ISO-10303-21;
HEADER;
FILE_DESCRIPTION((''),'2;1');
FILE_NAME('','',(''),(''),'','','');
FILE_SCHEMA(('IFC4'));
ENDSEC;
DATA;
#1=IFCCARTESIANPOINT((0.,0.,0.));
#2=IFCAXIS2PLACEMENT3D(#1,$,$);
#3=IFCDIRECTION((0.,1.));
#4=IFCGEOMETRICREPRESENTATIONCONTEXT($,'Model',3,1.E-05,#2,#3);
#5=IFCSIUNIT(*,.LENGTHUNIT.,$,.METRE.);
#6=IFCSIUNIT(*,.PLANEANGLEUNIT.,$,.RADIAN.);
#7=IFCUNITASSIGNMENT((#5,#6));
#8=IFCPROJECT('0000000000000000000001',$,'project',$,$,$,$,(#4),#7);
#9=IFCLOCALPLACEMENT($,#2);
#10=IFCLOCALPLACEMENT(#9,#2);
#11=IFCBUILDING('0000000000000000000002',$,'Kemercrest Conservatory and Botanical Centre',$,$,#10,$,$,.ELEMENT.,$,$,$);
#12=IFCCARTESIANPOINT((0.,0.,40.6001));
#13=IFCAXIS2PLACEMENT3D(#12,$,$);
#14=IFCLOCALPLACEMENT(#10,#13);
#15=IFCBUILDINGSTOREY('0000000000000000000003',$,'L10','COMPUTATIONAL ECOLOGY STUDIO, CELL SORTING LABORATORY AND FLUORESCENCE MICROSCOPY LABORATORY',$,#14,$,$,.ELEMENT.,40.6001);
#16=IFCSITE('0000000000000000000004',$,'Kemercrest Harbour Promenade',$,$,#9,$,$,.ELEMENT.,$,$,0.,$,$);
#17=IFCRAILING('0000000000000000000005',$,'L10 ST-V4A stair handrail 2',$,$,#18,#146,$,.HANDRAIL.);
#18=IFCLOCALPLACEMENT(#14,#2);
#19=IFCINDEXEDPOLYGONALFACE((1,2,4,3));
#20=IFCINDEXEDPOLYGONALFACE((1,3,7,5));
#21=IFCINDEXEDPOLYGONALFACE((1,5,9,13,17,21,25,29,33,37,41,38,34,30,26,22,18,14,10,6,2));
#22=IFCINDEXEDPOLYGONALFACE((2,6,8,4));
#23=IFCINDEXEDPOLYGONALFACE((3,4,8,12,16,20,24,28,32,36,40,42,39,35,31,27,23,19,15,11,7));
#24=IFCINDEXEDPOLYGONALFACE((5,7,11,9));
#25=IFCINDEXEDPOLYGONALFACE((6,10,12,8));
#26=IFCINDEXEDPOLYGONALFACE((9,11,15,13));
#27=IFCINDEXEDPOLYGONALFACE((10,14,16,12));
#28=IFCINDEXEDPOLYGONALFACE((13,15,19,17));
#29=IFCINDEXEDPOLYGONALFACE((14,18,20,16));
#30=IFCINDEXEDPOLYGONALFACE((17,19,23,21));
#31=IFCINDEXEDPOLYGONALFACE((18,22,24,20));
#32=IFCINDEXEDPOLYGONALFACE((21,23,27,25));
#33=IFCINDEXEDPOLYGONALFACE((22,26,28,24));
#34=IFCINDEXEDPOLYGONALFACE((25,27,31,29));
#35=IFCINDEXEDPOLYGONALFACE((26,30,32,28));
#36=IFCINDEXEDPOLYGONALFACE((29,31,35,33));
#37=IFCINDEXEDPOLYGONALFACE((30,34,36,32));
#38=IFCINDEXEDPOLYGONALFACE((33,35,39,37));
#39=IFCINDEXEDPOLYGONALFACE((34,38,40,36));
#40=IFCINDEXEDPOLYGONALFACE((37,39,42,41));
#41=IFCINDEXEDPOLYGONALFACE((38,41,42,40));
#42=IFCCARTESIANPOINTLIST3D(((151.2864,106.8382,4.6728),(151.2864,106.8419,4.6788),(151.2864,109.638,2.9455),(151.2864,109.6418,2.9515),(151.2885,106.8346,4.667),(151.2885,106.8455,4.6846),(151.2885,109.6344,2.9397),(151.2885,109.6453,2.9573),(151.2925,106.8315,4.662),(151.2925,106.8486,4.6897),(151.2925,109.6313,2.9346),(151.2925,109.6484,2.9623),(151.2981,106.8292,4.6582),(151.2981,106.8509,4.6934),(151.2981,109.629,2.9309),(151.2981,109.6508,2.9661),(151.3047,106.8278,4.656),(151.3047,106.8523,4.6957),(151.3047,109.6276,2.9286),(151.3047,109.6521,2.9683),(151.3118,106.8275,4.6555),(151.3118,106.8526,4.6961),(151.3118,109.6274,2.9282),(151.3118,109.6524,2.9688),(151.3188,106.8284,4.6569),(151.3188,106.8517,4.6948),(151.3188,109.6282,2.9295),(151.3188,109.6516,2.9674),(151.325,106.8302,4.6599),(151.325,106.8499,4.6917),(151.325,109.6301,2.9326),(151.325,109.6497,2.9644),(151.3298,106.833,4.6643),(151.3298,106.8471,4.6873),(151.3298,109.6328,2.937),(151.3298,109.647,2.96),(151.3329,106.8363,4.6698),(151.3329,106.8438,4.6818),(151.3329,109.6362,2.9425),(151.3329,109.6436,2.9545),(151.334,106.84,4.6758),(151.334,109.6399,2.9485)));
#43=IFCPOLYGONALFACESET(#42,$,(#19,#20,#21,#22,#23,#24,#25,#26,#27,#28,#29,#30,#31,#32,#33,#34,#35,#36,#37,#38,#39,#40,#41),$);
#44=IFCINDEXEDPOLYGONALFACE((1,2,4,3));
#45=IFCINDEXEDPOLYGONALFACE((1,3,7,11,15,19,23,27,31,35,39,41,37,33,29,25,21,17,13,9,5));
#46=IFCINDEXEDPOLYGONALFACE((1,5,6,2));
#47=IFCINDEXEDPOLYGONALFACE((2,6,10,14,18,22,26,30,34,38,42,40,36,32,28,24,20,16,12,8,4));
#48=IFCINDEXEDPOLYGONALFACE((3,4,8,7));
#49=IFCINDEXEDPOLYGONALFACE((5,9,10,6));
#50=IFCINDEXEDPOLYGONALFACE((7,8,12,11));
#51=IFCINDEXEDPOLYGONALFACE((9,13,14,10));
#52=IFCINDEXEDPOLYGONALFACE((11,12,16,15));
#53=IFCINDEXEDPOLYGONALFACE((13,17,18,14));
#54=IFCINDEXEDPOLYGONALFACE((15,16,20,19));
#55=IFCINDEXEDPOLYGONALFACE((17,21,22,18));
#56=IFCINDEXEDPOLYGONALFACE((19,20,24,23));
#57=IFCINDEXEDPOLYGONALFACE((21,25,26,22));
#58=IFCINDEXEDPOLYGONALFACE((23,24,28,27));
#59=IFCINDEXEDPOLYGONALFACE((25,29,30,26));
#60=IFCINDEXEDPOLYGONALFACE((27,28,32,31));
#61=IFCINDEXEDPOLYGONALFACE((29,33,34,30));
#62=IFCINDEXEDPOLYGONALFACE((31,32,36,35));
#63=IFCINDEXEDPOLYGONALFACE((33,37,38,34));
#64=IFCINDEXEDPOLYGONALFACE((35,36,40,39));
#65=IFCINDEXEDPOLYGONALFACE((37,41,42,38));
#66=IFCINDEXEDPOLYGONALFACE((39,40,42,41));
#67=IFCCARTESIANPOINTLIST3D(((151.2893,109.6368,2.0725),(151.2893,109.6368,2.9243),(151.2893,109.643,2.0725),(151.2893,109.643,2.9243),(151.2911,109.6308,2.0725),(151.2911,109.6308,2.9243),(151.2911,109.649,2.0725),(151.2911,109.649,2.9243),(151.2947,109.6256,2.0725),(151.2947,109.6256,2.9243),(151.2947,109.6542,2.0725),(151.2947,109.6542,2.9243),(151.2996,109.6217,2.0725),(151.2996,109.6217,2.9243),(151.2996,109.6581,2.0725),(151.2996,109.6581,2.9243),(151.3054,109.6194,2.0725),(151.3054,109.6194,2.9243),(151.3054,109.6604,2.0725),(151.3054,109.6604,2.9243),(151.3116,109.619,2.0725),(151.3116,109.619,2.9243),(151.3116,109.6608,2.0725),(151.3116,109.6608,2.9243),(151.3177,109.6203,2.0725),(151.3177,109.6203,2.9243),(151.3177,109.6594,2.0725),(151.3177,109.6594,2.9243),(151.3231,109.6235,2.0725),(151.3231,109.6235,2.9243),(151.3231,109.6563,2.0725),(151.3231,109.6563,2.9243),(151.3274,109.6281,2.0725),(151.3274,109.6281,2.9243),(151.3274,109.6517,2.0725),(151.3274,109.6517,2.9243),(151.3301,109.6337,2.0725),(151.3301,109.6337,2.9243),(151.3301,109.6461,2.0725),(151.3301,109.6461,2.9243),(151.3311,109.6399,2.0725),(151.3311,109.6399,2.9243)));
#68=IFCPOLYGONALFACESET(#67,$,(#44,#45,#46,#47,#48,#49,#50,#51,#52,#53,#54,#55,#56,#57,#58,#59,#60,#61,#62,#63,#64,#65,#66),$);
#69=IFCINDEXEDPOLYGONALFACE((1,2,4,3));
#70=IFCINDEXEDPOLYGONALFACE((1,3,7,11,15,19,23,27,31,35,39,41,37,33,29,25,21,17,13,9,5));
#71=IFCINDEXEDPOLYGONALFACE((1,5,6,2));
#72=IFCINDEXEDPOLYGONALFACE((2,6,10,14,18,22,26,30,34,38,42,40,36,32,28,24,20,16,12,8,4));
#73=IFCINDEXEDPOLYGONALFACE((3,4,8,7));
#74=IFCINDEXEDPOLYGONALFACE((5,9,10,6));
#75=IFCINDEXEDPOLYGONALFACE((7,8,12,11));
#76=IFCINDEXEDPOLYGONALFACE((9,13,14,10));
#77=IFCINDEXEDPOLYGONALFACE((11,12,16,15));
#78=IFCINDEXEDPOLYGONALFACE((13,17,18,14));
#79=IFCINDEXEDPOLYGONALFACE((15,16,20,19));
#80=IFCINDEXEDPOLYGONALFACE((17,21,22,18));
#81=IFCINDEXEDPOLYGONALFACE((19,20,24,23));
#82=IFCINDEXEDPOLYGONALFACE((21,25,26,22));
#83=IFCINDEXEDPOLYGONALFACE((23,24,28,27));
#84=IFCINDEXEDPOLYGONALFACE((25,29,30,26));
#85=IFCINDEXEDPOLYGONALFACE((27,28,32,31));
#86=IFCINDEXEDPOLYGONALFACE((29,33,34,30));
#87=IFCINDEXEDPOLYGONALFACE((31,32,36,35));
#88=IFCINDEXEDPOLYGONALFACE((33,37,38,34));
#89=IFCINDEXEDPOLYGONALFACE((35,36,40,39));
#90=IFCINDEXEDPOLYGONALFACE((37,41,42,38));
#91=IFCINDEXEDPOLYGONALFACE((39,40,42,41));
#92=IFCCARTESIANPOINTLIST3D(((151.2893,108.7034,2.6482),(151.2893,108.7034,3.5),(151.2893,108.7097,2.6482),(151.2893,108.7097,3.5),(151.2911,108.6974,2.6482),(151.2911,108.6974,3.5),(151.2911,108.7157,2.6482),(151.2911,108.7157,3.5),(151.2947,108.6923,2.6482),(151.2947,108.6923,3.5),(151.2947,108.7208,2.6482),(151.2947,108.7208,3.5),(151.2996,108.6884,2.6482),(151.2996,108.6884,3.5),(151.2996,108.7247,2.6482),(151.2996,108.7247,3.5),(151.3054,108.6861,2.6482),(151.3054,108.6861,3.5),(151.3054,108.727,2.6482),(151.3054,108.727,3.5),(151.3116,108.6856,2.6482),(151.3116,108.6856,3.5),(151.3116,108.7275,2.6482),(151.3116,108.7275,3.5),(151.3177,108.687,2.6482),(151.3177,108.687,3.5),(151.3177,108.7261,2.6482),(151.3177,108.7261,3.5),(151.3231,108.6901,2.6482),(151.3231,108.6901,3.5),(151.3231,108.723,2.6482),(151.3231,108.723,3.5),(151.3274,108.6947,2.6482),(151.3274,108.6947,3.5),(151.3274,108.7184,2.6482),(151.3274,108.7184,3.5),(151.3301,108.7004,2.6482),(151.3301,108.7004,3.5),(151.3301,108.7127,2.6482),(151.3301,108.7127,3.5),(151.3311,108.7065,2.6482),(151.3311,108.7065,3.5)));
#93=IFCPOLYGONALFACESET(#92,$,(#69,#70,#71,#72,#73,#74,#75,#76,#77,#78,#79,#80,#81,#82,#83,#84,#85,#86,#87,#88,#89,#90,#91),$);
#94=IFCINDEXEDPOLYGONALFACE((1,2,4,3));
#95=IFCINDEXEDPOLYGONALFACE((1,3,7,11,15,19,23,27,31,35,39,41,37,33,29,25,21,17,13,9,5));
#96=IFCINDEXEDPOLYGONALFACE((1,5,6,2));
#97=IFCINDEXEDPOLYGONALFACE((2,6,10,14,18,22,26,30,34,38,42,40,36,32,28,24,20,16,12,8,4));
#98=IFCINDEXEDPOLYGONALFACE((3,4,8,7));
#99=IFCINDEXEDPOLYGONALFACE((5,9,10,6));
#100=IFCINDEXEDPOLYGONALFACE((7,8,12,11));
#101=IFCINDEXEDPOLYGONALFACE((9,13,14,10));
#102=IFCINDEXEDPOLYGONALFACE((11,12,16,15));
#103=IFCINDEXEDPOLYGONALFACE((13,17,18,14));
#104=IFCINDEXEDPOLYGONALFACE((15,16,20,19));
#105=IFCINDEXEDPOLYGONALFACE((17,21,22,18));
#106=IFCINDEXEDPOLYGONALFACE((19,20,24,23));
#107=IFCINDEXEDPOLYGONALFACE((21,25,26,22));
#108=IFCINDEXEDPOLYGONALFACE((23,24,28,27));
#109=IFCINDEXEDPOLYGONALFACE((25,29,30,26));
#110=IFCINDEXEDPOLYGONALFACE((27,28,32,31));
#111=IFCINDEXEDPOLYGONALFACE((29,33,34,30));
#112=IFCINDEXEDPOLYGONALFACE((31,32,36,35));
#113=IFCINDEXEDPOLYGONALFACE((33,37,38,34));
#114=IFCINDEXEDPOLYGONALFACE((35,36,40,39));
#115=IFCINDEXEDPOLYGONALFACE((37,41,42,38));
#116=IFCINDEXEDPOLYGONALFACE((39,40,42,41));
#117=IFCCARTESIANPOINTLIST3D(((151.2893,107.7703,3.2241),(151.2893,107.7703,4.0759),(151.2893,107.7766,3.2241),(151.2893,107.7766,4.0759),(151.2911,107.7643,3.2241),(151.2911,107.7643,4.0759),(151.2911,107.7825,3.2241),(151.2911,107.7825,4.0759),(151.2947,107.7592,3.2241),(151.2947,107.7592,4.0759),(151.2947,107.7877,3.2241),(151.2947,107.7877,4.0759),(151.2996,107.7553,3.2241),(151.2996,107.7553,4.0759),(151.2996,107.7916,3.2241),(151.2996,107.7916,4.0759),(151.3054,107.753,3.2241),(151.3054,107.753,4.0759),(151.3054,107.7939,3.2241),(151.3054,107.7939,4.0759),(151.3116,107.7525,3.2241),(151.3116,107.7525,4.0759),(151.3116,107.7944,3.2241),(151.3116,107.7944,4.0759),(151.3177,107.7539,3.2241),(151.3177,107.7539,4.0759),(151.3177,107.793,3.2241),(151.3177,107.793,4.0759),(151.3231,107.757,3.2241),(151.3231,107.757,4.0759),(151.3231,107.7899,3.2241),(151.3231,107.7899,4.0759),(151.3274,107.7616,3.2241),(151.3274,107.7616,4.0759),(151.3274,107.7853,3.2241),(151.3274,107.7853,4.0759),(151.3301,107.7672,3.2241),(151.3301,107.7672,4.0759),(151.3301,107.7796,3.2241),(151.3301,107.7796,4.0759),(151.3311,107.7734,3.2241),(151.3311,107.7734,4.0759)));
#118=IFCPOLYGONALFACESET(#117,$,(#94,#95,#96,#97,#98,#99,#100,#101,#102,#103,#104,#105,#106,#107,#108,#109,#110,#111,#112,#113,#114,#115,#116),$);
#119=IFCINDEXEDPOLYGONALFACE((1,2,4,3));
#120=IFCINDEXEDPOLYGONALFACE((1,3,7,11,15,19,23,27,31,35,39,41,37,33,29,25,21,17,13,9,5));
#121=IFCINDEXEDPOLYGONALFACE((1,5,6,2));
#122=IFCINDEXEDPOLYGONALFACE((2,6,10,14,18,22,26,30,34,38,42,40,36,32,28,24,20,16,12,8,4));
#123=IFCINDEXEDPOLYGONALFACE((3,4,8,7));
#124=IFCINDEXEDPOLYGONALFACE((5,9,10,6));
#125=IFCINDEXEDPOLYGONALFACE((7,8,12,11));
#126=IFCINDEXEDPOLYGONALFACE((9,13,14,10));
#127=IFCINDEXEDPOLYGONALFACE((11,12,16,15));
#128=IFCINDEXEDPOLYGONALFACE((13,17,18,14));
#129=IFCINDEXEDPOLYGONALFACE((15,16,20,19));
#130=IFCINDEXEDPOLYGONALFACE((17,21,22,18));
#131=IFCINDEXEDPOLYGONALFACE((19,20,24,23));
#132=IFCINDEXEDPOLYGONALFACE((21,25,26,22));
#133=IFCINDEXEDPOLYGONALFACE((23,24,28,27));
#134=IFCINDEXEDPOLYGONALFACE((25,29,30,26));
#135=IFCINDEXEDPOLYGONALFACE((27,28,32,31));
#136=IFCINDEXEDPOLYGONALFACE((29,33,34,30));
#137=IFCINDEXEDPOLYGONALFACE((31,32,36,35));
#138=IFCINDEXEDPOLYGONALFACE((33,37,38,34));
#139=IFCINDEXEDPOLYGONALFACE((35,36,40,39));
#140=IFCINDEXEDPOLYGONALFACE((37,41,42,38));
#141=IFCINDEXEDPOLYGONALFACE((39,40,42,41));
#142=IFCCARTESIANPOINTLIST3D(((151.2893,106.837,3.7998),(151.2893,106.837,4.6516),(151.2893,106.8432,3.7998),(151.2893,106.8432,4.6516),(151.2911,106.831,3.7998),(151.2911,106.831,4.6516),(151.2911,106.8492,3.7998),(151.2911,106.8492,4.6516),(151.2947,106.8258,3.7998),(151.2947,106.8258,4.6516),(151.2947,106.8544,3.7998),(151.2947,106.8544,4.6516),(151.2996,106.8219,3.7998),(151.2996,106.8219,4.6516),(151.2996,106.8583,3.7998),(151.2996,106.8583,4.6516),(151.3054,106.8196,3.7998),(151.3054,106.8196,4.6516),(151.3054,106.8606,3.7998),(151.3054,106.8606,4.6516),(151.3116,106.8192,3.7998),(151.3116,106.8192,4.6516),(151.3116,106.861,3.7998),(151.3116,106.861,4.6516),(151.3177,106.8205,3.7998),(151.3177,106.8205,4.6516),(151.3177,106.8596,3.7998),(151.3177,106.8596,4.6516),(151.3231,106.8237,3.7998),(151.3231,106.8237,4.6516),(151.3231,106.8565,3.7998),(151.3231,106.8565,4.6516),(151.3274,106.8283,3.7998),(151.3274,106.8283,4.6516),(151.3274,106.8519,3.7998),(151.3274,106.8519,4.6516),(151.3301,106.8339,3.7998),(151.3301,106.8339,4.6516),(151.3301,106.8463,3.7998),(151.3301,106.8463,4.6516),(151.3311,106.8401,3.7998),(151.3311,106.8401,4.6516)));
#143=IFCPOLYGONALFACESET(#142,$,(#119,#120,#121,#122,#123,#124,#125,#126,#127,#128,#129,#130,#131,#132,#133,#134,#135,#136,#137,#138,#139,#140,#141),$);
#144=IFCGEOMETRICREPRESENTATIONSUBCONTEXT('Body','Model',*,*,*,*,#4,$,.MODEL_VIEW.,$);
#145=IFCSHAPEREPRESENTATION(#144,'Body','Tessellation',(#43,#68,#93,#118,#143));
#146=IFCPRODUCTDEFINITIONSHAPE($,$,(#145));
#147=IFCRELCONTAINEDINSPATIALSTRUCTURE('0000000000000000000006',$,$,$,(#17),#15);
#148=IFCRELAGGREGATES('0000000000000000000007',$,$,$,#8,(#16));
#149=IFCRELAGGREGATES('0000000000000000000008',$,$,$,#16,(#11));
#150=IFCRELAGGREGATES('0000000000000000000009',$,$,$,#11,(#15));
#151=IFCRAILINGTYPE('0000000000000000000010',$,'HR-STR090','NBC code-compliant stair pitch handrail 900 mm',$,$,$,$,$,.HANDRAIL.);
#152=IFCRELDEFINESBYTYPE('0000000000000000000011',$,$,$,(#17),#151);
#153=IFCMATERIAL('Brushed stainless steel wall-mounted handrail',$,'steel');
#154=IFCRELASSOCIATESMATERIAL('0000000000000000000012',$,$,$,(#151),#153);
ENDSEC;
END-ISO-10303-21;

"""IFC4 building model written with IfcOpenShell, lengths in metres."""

from ifc_helpers import new_model, si_unit, direction, frame, origin, origin_2d, place, context, subcontext, project, spatial, circle, extrude, material, type_object, element, save


model = new_model("IFC4")

# Units and contexts
model_context = context("Model", 3, precision=1e-05, world=origin(), true_north=direction((0.0, 1.0)))
body_context = subcontext(model_context, "Body", "Model", "MODEL_VIEW")
ifc_project = project(units=[si_unit("LENGTHUNIT", "METRE"), si_unit("PLANEANGLEUNIT", "RADIAN")], contexts=[model_context])

# Site, building, storey
site_placement = place(None, origin())
site = spatial("IfcSite", under=ifc_project, at=site_placement, Name="Kemercrest Harbour Promenade", CompositionType="ELEMENT", RefElevation=0.0)
building_placement = place(site_placement, origin())
building = spatial("IfcBuilding", under=site, at=building_placement, Name="Kemercrest Conservatory and Botanical Centre", CompositionType="ELEMENT")
storey_placement = place(building_placement, frame((0.0, 0.0, 40.6001)))
storey = spatial("IfcBuildingStorey", under=building, at=storey_placement, Name="L10", Description="COMPUTATIONAL ECOLOGY STUDIO, CELL SORTING LABORATORY AND FLUORESCENCE MICROSCOPY LABORATORY", CompositionType="ELEMENT", Elevation=40.6001)

# Railing
ifc_material_1 = material(Name="Brushed stainless steel wall-mounted handrail", Category="steel")
railing_type_1 = type_object("IfcRailingType", Name="HR-STR090", Description="NBC code-compliant stair pitch handrail 900 mm", PredefinedType="HANDRAIL", material=ifc_material_1)
for number, where, name in (
    (1, (151.3101, 109.6399, 2.0725), "L10 ST-V4A stair handrail 2"),
):
    element("IfcRailing", number, at=place(storey_placement, frame(where)), inside=storey, type_object=railing_type_1, Name=name, PredefinedType="HANDRAIL", context=body_context, shape_type="SweptSolid", body=[
        extrude(circle(Radius=0.0239, at=origin_2d()), frame((0.0, 0.0, 0.876), z_axis=(0.0, -0.851069, 0.525054), x_axis=(1.0, 0.0, 0.0)), (0.0, 0.0, 1.0), 3.2898),
        extrude(circle(Radius=0.021, at=origin_2d()), origin(), (0.0, 0.0, 1.0), 0.8518),
        extrude(circle(Radius=0.021, at=origin_2d()), frame((0.0, -0.9333, 0.5757)), (0.0, 0.0, 1.0), 0.8518),
        extrude(circle(Radius=0.021, at=origin_2d()), frame((0.0, -1.8665, 1.1516)), (0.0, 0.0, 1.0), 0.8518),
        extrude(circle(Radius=0.021, at=origin_2d()), frame((0.0, -2.7998, 1.7273)), (0.0, 0.0, 1.0), 0.8518),
    ])

save(model, "model.ifc")
